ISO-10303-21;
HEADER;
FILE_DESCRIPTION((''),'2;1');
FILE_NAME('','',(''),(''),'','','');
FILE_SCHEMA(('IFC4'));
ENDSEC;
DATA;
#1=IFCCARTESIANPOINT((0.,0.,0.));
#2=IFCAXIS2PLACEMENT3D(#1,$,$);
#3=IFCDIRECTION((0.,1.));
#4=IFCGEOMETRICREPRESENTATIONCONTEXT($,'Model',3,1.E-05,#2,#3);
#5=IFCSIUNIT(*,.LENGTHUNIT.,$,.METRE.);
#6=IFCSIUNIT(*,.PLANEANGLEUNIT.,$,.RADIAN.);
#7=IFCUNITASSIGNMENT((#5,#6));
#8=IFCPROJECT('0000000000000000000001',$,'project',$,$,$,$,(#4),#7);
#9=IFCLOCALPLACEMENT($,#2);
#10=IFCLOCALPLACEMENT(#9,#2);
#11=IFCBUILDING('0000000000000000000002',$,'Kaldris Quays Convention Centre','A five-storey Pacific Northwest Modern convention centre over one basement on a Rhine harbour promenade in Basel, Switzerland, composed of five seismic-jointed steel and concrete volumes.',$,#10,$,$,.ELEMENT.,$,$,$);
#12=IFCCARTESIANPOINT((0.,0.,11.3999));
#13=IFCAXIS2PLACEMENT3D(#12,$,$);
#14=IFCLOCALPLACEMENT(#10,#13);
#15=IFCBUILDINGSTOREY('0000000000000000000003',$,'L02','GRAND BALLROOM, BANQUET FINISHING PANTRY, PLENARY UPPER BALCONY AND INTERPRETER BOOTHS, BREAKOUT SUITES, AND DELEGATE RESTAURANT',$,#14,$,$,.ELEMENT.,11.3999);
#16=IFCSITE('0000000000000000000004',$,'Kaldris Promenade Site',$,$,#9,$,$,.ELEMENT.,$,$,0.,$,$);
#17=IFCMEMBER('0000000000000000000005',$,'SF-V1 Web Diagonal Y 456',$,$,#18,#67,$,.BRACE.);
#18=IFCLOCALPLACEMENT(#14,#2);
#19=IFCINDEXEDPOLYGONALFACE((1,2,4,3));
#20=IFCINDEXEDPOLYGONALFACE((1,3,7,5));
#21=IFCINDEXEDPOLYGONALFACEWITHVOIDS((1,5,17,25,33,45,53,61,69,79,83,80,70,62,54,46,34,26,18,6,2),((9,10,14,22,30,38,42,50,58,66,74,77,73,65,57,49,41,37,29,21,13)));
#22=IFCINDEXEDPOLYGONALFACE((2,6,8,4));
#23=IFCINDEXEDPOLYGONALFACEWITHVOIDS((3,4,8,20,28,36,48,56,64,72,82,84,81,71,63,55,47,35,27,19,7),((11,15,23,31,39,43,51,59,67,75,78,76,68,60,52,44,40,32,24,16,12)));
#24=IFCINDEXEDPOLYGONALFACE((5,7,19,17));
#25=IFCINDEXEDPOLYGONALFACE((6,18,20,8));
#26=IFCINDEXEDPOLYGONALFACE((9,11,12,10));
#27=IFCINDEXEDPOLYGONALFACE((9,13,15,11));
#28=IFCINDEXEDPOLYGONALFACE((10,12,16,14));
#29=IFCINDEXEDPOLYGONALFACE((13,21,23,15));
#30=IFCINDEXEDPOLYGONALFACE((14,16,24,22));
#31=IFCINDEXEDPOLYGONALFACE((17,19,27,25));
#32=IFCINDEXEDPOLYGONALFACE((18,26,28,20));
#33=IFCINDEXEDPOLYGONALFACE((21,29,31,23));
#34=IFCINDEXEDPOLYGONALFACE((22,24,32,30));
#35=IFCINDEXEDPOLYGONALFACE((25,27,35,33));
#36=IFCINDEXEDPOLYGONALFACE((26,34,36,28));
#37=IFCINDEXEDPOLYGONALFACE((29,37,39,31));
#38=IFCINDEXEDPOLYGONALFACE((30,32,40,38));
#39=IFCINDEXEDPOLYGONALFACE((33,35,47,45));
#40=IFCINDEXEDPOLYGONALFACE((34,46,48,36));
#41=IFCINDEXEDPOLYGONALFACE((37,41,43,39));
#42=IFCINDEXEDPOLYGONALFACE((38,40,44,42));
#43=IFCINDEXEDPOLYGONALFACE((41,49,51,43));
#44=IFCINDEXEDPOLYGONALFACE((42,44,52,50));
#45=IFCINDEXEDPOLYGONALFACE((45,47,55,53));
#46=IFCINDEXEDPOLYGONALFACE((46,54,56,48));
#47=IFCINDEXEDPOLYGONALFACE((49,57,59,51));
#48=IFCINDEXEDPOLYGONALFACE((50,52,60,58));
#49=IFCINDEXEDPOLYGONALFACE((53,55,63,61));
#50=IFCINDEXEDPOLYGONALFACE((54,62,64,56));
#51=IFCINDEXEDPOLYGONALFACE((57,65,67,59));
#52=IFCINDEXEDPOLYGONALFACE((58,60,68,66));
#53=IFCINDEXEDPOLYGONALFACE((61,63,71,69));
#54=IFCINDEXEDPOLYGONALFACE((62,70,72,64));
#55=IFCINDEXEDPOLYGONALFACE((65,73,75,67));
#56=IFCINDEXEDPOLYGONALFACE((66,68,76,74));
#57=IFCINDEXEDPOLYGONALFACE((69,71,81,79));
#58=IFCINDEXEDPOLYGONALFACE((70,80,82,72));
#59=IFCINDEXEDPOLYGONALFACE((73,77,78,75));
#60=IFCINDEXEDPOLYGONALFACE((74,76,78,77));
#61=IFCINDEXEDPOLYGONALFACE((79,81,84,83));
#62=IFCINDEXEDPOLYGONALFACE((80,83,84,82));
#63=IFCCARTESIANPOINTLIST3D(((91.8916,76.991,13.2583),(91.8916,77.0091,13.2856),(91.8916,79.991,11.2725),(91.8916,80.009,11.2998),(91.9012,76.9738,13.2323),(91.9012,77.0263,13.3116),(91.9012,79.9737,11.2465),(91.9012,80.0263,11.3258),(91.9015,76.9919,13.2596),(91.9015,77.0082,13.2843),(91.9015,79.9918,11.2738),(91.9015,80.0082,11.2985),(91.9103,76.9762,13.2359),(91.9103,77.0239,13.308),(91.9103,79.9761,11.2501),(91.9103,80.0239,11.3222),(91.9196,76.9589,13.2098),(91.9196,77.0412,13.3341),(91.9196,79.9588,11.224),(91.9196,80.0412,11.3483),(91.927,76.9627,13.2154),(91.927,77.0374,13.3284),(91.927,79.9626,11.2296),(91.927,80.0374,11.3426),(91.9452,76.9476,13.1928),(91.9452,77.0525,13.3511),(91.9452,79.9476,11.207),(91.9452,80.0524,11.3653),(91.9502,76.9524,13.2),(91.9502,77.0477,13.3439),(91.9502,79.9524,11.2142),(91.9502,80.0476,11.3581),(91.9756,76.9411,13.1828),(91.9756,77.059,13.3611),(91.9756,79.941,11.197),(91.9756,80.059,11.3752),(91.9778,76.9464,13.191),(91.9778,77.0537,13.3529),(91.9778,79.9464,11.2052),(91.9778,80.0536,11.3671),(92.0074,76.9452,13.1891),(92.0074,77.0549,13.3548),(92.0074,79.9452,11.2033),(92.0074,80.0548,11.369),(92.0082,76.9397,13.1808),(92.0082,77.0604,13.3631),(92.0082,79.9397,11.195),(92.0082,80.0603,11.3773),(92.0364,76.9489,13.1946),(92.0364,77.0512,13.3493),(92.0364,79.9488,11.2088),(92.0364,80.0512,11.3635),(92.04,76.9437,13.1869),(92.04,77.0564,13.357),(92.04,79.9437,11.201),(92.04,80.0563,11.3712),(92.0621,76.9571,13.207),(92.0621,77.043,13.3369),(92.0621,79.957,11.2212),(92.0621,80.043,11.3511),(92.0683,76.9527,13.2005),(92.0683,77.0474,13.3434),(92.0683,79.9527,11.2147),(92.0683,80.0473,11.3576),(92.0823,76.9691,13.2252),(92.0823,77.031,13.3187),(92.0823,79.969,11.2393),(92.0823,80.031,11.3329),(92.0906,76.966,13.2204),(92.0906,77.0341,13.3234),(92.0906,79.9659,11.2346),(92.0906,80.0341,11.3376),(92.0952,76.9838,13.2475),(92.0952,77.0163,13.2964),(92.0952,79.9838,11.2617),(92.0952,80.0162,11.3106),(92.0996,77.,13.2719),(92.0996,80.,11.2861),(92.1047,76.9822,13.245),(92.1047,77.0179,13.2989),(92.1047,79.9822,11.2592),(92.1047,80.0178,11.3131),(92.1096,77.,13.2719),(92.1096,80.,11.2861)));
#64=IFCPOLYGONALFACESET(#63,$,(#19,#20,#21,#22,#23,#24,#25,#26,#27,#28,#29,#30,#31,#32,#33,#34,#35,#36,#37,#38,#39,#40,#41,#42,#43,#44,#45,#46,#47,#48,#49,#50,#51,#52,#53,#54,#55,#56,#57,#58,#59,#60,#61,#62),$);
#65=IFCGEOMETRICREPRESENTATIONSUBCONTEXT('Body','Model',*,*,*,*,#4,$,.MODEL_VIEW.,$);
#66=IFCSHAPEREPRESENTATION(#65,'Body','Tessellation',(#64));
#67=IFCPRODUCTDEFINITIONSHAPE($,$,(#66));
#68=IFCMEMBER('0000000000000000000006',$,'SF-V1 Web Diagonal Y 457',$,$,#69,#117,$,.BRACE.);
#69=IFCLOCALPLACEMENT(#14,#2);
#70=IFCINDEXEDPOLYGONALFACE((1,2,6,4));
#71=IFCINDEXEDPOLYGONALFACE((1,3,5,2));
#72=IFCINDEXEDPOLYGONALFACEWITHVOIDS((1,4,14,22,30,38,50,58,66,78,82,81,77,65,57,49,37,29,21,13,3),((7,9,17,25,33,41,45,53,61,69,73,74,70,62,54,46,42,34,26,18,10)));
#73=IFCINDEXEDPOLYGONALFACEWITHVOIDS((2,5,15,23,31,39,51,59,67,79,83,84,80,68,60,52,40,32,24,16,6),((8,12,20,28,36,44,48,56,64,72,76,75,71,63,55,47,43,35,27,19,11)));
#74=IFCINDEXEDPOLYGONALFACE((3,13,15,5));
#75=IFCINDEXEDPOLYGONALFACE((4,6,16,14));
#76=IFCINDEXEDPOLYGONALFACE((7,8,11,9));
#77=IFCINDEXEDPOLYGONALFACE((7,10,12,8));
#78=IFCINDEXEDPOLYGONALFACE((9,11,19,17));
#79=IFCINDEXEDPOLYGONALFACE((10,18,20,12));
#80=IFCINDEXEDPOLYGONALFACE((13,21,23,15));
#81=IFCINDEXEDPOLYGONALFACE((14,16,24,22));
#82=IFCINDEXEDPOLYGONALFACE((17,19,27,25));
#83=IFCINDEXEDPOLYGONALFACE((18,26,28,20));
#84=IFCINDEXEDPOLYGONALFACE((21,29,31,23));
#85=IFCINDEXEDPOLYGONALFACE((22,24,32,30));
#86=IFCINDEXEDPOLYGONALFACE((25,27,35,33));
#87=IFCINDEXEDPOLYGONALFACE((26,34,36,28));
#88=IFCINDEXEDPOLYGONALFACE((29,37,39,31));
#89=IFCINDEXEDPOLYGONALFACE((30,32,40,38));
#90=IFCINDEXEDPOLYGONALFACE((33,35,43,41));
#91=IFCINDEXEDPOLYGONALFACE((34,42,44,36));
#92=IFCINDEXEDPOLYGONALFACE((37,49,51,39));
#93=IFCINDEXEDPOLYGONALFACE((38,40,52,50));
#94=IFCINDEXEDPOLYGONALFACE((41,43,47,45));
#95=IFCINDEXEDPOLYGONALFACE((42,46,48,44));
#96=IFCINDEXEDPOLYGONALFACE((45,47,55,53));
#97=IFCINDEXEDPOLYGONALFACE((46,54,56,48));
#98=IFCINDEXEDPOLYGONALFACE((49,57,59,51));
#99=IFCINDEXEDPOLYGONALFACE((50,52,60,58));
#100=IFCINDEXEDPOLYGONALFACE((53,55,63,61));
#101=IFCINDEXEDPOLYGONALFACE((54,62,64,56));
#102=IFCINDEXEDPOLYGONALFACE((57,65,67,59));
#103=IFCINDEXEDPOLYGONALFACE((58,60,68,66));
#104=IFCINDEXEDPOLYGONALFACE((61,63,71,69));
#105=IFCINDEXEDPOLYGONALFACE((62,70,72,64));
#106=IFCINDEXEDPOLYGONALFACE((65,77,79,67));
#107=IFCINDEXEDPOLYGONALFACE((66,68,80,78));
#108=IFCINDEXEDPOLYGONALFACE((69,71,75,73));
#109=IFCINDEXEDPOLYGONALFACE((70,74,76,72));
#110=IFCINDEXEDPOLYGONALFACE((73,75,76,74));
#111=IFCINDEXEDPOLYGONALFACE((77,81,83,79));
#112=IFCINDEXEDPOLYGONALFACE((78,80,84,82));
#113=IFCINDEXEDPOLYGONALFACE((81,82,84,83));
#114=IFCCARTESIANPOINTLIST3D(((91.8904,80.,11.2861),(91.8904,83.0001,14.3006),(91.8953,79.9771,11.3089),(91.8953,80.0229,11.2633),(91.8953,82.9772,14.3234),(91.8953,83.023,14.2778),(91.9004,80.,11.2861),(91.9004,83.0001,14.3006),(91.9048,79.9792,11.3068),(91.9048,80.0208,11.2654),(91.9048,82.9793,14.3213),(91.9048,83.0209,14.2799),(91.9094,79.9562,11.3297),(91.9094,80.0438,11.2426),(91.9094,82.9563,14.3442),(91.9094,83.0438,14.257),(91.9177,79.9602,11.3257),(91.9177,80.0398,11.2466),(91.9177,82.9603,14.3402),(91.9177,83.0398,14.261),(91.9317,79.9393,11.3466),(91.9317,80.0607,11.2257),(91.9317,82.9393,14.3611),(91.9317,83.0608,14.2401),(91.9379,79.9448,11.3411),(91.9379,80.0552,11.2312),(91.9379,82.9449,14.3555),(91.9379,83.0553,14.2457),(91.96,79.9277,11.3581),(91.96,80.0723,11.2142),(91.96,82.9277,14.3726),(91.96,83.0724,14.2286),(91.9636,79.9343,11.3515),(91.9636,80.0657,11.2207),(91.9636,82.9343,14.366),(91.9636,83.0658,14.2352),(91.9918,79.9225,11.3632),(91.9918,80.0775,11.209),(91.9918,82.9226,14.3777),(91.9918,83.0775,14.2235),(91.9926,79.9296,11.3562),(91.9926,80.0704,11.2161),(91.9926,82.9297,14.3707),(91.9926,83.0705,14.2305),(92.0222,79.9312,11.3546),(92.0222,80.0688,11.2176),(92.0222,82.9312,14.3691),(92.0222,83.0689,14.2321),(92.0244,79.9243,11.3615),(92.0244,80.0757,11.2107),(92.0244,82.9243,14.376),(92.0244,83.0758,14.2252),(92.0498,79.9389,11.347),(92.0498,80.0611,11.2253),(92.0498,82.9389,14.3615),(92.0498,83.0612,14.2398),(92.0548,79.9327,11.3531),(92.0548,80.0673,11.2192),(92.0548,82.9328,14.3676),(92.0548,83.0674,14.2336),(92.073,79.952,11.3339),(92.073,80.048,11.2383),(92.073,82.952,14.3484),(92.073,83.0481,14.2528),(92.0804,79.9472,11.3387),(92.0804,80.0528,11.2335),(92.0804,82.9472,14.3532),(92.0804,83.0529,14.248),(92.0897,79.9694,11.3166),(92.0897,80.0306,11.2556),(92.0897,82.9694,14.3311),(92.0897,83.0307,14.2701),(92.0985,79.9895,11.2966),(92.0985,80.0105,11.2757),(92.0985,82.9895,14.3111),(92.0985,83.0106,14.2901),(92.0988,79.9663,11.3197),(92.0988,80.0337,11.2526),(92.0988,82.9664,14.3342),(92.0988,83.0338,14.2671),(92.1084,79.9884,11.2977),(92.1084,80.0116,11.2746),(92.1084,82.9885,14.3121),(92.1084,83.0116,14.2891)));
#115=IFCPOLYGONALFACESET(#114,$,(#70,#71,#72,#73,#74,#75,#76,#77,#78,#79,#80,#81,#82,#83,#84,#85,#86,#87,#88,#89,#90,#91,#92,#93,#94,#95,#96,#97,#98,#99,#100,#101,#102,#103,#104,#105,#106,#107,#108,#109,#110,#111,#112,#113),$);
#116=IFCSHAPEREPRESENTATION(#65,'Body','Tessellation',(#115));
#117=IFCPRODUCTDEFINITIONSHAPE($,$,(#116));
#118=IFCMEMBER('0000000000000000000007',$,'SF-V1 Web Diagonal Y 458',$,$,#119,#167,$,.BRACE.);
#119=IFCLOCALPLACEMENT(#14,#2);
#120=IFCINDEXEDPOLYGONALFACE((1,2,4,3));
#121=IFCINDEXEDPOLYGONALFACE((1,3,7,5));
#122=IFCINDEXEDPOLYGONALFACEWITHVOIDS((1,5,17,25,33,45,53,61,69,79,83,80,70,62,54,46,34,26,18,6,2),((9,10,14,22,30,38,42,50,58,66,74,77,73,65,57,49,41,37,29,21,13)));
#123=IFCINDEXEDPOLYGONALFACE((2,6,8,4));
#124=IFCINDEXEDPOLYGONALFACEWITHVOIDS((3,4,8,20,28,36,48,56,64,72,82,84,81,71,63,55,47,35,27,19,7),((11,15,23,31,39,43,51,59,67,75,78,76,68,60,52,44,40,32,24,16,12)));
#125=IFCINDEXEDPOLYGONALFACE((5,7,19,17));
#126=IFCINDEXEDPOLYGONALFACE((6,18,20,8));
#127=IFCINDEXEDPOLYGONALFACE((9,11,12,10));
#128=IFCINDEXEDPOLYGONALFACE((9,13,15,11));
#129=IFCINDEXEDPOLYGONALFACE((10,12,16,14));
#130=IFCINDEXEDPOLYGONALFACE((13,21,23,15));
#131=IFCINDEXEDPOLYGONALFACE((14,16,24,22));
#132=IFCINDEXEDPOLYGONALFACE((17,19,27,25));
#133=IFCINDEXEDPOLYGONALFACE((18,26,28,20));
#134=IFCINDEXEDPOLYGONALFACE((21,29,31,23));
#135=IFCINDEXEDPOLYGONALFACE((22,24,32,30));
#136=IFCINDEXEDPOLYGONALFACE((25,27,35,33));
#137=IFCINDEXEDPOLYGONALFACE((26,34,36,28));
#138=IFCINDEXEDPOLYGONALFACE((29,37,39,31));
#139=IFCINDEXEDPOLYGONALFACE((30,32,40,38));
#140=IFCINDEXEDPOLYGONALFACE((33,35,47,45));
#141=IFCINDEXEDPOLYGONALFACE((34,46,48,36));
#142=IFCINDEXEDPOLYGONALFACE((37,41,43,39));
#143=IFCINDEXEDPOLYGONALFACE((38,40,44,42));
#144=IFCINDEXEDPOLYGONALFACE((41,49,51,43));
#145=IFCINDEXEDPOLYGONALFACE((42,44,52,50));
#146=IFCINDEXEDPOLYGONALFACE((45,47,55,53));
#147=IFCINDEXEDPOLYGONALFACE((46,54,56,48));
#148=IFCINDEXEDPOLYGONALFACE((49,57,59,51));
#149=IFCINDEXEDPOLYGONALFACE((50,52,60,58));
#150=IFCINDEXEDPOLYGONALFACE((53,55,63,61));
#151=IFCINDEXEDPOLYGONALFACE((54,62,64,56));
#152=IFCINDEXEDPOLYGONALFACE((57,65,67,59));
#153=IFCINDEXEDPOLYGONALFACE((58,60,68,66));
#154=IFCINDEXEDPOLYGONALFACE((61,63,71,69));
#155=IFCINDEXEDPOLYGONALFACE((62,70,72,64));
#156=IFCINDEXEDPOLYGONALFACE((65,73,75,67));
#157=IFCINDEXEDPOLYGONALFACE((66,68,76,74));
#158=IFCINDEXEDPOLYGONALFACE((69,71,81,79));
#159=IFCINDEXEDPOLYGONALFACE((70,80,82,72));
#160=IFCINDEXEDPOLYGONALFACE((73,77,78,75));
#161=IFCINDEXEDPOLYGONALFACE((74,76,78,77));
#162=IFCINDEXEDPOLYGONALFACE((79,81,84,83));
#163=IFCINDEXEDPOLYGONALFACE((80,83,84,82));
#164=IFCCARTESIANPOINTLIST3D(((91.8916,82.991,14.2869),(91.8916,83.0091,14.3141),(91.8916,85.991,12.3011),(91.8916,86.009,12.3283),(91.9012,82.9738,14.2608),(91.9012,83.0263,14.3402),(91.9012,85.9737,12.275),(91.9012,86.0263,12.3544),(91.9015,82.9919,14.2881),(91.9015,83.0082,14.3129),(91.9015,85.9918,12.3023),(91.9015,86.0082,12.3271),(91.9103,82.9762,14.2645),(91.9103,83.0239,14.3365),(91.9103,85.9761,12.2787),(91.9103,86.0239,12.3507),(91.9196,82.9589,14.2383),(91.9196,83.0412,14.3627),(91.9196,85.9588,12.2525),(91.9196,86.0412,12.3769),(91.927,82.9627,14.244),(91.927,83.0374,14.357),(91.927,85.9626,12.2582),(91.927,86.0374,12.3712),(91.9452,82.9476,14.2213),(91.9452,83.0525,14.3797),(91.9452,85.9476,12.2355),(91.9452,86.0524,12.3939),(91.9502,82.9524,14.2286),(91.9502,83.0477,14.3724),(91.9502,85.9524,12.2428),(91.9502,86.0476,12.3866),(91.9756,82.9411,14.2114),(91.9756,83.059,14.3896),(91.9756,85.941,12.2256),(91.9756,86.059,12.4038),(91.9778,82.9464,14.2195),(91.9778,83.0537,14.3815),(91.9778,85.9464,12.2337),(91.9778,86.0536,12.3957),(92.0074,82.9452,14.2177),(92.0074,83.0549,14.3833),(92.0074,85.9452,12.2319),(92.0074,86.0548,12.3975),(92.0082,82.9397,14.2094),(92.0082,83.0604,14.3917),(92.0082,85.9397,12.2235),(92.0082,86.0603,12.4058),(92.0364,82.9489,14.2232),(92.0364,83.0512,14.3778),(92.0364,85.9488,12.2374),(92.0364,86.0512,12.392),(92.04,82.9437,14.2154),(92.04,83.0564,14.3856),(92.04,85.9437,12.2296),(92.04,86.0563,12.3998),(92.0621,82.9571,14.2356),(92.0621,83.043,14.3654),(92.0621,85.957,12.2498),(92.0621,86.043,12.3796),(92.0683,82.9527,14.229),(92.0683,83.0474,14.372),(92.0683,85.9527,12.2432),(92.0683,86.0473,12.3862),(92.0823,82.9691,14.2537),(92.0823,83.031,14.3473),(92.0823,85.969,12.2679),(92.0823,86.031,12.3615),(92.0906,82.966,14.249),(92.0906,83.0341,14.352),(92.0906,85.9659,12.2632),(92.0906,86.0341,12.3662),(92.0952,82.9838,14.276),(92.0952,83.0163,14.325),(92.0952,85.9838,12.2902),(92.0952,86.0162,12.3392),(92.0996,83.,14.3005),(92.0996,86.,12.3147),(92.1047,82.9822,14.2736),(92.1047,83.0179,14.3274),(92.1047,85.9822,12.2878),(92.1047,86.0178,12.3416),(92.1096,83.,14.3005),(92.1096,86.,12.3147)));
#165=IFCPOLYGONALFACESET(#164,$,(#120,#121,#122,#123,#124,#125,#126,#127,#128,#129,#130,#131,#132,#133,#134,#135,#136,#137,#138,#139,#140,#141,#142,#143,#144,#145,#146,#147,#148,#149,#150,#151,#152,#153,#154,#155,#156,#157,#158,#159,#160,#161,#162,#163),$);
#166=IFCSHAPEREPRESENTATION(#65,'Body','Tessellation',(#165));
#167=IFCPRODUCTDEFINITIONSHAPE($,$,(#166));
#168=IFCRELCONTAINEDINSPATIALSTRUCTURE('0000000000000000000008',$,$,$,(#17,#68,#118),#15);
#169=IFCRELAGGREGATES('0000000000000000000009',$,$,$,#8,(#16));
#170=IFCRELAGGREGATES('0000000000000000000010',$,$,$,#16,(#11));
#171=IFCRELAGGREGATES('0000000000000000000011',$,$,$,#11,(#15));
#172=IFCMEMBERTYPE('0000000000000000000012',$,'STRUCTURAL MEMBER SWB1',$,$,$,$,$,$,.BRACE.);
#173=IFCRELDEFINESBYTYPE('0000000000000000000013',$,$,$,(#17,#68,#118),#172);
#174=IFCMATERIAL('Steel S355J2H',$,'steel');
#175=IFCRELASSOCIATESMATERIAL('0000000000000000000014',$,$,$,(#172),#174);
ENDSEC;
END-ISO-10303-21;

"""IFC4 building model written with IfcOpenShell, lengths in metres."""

from ifc_helpers import new_model, si_unit, direction, frame, origin, origin_2d, place, context, subcontext, project, spatial, hollow_circle, extrude, material, material_profile, profile_set, type_object, element, save


model = new_model("IFC4")

# Units and contexts
model_context = context("Model", 3, precision=1e-05, world=origin(), true_north=direction((0.0, 1.0)))
body_context = subcontext(model_context, "Body", "Model", "MODEL_VIEW")
ifc_project = project(units=[si_unit("LENGTHUNIT", "METRE"), si_unit("PLANEANGLEUNIT", "RADIAN")], contexts=[model_context])

# Site, building, storey
site_placement = place(None, origin())
site = spatial("IfcSite", under=ifc_project, at=site_placement, Name="Kaldris Promenade Site", CompositionType="ELEMENT", RefElevation=0.0)
building_placement = place(site_placement, origin())
building = spatial("IfcBuilding", under=site, at=building_placement, Name="Kaldris Quays Convention Centre", Description="A five-storey Pacific Northwest Modern convention centre over one basement on a Rhine harbour promenade in Basel, Switzerland, composed of five seismic-jointed steel and concrete volumes.", CompositionType="ELEMENT")
storey_placement = place(building_placement, frame((0.0, 0.0, 11.3999)))
storey = spatial("IfcBuildingStorey", under=building, at=storey_placement, Name="L02", Description="GRAND BALLROOM, BANQUET FINISHING PANTRY, PLENARY UPPER BALCONY AND INTERPRETER BOOTHS, BREAKOUT SUITES, AND DELEGATE RESTAURANT", CompositionType="ELEMENT", Elevation=11.3999)

# Members
ifc_material = material(Name="Steel S355J2H", Category="steel")
ifc_material_profile_1 = material_profile(ifc_material, hollow_circle(Radius=0.1096, WallThickness=0.01, at=origin_2d()), Name="CHS 219.1x10")
ifc_profile_set_1 = profile_set([ifc_material_profile_1], Name="Steel S355J2H")
member_type_1 = type_object("IfcMemberType", Name="STRUCTURAL MEMBER SWB1", PredefinedType="BRACE", material=ifc_profile_set_1)
member_1_placement = place(storey_placement, frame((92.0, 80.0, 11.2861), z_axis=(0.0, -0.833862, 0.551972), x_axis=(1.0, 0.0, 0.0)))
element("IfcMember", 1, at=member_1_placement, inside=storey, type_object=member_type_1, Name="SF-V1 Web Diagonal Y 456", PredefinedType="BRACE", context=body_context, shape_type="SweptSolid", body=[
    extrude(hollow_circle(Radius=0.1096, WallThickness=0.01, at=origin_2d()), origin(), (0.0, 0.0, 1.0), 3.5977),
])
member_2_placement = place(storey_placement, frame((92.0, 80.0, 11.2861), z_axis=(0.0, 0.705411, 0.708798), x_axis=(-1.0, 0.0, 0.0)))
element("IfcMember", 2, at=member_2_placement, inside=storey, type_object=member_type_1, Name="SF-V1 Web Diagonal Y 457", PredefinedType="BRACE", context=body_context, shape_type="SweptSolid", body=[
    extrude(hollow_circle(Radius=0.1096, WallThickness=0.01, at=origin_2d()), origin(), (0.0, 0.0, 1.0), 4.2529),
])
member_3_placement = place(storey_placement, frame((92.0, 86.0, 12.3147), z_axis=(0.0, -0.833862, 0.551972), x_axis=(1.0, 0.0, 0.0)))
element("IfcMember", 3, at=member_3_placement, inside=storey, type_object=member_type_1, Name="SF-V1 Web Diagonal Y 458", PredefinedType="BRACE", context=body_context, shape_type="SweptSolid", body=[
    extrude(hollow_circle(Radius=0.1096, WallThickness=0.01, at=origin_2d()), origin(), (0.0, 0.0, 1.0), 3.5977),
])

save(model, "model.ifc")
